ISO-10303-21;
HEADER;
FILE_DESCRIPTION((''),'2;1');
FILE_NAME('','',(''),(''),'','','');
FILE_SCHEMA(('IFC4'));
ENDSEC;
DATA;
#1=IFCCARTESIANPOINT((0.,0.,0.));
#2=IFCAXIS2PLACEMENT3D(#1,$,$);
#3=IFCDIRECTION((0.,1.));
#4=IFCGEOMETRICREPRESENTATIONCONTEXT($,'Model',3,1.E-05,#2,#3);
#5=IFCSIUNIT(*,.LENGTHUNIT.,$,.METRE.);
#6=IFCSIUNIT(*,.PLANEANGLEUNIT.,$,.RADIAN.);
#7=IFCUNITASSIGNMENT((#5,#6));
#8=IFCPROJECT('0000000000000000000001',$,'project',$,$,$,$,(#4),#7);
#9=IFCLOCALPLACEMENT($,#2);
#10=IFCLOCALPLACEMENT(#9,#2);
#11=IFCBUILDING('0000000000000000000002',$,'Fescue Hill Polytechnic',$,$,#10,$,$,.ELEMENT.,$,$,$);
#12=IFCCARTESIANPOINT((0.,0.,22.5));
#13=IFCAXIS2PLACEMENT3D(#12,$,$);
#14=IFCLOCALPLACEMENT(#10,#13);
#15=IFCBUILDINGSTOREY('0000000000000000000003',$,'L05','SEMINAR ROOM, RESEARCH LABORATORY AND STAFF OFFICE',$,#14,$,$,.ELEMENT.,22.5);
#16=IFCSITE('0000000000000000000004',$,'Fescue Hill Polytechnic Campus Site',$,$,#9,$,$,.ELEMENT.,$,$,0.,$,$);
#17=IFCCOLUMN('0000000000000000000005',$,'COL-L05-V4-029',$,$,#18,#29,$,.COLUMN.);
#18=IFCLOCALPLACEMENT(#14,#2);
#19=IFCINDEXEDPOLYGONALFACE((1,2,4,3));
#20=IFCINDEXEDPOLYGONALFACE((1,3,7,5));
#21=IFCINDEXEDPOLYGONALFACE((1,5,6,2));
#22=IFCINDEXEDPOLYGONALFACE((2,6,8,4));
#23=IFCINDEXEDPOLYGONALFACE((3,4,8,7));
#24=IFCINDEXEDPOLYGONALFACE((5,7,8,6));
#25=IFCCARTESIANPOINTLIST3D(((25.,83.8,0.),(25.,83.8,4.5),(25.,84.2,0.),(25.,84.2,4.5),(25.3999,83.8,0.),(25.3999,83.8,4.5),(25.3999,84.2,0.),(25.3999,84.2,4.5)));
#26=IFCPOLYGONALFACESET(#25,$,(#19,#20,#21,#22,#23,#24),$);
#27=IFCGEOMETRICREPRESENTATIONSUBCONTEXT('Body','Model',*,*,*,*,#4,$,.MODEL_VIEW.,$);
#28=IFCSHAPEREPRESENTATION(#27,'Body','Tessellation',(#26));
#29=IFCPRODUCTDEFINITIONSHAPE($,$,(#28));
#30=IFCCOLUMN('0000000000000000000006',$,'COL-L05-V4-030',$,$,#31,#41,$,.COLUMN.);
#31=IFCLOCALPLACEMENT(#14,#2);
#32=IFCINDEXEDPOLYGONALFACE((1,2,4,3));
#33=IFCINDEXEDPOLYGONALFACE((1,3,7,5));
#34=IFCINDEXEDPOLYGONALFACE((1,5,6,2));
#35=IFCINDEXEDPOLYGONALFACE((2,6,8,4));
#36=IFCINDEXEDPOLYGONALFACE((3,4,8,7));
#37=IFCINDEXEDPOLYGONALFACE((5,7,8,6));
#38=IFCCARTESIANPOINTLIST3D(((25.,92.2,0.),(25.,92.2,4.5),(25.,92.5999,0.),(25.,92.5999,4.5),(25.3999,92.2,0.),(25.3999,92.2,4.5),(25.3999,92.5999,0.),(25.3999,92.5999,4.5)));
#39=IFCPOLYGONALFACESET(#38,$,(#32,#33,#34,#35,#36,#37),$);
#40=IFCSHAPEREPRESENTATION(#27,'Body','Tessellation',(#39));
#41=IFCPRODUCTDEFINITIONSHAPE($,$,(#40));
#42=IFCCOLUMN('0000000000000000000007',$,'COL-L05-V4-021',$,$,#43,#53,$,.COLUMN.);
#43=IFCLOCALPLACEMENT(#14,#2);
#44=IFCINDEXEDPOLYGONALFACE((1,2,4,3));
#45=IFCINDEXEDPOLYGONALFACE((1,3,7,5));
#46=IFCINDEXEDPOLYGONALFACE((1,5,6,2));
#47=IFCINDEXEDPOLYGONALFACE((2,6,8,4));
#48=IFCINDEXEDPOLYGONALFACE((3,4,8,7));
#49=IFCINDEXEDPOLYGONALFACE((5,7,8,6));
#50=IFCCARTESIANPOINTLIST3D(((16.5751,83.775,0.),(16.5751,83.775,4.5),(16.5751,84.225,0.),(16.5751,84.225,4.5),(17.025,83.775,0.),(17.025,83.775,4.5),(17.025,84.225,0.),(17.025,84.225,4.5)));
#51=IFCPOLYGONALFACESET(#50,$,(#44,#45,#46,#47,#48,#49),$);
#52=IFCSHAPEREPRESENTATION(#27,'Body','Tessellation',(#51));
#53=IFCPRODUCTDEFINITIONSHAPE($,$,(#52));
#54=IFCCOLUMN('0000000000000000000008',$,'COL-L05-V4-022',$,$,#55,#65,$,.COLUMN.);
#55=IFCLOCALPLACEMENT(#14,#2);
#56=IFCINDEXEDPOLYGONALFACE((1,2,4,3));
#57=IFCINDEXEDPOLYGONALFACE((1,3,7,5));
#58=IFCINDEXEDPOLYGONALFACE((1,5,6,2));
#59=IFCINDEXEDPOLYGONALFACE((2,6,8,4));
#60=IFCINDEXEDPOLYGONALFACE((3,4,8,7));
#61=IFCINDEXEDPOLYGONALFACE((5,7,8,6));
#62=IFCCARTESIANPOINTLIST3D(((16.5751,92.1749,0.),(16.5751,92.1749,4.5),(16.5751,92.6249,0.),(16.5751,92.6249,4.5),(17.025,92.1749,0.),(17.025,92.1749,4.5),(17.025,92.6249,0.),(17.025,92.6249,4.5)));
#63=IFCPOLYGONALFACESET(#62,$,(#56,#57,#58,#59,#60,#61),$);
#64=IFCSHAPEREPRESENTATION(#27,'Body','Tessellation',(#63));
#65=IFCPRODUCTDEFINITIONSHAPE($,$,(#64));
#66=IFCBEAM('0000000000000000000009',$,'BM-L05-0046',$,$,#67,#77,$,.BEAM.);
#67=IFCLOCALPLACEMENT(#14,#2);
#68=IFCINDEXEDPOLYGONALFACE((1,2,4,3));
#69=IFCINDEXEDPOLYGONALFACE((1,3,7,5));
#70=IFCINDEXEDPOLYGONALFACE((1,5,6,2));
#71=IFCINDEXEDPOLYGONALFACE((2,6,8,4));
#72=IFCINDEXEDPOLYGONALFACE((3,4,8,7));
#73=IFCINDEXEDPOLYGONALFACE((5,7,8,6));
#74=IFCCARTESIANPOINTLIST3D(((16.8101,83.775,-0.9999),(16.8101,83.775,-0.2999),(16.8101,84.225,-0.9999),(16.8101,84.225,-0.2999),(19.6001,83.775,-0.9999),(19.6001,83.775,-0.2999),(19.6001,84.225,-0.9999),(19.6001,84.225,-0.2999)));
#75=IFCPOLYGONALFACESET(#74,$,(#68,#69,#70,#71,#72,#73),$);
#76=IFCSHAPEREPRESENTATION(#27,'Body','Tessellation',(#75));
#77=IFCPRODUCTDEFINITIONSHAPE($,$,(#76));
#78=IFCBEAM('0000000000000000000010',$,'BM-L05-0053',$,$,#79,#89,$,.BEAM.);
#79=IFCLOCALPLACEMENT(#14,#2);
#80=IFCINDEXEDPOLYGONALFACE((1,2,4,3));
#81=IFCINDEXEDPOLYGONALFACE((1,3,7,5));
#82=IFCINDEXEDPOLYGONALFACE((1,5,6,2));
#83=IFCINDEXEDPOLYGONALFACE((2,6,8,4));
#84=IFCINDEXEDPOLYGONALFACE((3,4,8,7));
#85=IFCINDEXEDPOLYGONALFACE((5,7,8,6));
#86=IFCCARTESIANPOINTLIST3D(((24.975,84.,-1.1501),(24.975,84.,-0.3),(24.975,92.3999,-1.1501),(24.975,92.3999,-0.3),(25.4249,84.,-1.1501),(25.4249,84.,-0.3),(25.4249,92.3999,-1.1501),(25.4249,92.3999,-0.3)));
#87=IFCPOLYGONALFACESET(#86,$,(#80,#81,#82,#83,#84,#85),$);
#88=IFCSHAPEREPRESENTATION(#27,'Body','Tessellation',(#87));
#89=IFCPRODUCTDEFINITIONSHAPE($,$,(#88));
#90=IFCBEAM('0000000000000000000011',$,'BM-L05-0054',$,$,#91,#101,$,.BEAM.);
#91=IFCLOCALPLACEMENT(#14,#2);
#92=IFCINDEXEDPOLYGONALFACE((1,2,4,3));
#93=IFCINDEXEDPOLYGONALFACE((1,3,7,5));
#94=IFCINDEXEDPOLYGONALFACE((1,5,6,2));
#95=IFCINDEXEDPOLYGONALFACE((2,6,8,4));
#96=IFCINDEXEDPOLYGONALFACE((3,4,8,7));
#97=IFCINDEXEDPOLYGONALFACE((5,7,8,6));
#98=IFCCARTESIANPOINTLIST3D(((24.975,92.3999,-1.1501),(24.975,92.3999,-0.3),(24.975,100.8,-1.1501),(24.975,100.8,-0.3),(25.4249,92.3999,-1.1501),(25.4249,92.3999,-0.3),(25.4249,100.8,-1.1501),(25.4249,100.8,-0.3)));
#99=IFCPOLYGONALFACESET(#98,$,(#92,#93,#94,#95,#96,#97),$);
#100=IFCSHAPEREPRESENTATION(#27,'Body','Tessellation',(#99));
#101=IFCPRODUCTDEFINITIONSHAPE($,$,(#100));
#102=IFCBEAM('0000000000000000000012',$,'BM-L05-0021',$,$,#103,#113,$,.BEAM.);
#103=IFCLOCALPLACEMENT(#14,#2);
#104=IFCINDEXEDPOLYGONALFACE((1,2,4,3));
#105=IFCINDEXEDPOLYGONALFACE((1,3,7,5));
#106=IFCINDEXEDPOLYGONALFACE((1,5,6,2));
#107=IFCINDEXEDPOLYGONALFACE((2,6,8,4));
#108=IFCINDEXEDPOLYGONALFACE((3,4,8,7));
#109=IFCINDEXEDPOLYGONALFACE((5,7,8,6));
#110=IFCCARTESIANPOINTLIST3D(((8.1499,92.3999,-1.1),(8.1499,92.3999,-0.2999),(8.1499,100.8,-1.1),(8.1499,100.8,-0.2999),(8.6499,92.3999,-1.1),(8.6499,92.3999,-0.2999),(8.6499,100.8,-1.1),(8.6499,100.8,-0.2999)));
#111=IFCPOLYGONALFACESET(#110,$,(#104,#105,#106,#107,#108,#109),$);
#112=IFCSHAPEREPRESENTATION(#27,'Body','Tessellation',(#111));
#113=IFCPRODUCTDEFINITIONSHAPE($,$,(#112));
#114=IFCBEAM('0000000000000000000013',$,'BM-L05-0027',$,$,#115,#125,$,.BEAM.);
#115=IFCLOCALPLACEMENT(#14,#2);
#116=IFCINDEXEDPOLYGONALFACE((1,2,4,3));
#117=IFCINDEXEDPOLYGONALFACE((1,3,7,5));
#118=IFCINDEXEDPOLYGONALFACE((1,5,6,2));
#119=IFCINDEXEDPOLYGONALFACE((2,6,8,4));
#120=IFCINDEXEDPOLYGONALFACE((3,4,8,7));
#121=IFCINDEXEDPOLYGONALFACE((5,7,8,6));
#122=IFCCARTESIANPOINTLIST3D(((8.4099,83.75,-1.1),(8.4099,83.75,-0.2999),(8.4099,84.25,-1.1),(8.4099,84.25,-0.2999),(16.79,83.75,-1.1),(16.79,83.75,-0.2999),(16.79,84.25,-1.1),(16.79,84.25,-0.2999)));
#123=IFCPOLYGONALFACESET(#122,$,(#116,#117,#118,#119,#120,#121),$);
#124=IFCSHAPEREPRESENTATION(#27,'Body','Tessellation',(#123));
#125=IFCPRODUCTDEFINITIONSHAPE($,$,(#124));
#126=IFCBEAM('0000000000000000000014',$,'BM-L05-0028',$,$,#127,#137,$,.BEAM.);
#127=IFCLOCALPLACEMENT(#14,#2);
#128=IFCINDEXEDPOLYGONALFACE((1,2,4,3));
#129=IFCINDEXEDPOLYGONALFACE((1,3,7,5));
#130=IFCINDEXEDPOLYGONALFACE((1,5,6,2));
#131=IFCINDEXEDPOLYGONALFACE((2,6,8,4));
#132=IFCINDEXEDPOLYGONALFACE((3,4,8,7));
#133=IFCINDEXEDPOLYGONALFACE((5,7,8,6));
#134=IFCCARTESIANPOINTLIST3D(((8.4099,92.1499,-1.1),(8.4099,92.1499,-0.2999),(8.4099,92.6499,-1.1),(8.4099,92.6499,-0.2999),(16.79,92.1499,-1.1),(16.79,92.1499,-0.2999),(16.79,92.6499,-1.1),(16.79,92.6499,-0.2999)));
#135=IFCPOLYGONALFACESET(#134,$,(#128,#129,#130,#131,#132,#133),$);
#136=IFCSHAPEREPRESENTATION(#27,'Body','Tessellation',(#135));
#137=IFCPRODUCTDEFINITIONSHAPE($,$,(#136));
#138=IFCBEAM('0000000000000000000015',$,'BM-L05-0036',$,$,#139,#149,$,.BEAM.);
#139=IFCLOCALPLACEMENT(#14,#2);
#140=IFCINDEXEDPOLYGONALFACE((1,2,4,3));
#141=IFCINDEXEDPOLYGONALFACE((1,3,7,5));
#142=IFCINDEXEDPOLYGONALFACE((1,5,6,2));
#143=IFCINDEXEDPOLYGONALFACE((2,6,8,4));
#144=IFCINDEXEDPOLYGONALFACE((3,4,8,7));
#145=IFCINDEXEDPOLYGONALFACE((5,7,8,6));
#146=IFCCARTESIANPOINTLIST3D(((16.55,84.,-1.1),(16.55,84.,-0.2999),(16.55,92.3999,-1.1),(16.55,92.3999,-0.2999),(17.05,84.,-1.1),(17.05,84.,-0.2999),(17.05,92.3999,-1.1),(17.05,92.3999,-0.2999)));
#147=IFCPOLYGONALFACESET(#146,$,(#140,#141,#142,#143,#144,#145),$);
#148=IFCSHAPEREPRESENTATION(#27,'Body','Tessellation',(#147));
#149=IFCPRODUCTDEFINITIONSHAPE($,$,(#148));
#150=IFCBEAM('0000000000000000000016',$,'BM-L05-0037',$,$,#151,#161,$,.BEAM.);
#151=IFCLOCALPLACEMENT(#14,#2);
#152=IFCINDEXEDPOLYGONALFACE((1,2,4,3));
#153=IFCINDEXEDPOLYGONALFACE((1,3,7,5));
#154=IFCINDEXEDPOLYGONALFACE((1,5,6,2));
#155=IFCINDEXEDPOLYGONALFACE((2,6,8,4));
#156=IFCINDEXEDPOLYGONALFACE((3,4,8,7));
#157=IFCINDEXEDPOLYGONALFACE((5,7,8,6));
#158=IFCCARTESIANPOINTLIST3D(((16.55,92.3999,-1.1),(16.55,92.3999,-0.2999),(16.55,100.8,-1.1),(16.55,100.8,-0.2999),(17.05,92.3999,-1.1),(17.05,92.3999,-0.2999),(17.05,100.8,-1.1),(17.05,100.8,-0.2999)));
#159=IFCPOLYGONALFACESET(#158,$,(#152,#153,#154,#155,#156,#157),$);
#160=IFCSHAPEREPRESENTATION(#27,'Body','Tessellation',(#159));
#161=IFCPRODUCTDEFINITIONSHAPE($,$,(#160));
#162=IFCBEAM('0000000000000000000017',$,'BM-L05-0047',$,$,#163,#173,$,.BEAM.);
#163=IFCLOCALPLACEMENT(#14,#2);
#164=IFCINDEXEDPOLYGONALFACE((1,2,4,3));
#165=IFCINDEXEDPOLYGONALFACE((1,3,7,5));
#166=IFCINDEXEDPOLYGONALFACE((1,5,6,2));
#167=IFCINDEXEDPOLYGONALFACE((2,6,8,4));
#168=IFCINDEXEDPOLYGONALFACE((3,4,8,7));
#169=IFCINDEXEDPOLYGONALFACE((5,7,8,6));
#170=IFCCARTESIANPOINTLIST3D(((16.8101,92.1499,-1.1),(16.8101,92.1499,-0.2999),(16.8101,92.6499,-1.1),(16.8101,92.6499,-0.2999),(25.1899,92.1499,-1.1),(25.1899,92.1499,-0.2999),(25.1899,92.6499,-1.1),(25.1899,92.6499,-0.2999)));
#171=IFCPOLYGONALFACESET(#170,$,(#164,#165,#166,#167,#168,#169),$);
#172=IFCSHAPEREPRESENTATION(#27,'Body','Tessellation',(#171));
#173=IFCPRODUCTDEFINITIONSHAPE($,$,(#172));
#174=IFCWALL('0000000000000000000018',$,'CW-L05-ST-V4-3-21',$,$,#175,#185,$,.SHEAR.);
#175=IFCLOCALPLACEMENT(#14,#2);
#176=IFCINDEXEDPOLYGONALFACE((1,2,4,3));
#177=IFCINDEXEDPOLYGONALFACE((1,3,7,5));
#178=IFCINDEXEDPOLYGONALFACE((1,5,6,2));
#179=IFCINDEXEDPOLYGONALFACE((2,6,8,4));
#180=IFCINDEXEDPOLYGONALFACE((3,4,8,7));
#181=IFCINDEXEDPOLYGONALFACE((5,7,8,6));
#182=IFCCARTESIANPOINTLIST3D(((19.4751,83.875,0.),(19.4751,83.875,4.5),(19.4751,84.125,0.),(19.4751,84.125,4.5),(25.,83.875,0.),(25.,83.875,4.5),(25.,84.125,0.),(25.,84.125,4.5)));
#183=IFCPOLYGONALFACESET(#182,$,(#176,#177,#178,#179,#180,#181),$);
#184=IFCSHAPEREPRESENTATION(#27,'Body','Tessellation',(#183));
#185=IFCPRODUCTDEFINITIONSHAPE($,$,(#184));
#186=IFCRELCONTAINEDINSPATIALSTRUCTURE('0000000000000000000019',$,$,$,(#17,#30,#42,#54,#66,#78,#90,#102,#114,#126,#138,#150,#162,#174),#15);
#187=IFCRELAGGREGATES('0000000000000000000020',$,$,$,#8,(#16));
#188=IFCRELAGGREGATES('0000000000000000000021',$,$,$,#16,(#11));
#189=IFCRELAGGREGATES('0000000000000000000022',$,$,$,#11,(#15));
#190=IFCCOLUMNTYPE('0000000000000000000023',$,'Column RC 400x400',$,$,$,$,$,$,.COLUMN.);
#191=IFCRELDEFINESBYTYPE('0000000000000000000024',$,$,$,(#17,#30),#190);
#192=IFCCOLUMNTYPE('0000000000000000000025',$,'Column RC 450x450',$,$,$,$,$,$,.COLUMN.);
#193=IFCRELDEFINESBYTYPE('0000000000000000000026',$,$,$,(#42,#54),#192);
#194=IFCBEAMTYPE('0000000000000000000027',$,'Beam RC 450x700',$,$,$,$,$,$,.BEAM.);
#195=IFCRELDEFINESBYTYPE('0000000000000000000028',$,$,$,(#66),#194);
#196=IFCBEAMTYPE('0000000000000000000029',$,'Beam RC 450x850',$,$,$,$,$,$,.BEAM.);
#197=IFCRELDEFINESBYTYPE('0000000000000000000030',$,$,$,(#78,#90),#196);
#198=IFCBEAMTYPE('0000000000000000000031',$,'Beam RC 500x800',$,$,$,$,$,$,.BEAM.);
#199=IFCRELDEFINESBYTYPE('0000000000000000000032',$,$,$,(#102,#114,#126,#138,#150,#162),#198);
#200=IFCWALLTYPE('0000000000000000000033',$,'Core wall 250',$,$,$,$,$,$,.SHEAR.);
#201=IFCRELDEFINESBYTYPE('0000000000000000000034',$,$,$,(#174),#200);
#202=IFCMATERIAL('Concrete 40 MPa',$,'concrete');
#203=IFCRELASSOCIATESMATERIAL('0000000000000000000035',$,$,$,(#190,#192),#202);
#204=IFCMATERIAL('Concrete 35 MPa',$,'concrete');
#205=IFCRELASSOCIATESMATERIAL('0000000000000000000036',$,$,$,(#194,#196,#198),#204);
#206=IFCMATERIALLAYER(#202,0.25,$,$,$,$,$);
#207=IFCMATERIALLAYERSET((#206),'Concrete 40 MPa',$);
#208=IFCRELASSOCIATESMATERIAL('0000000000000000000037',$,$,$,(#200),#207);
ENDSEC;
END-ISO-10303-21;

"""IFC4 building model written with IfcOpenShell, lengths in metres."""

from ifc_helpers import new_model, si_unit, direction, frame, frame_2d, origin, origin_2d, place, context, subcontext, project, spatial, rectangle, extrude, material, layer, layer_set, material_profile, profile_set, type_object, element, save


model = new_model("IFC4")

# Units and contexts
model_context = context("Model", 3, precision=1e-05, world=origin(), true_north=direction((0.0, 1.0)))
body_context = subcontext(model_context, "Body", "Model", "MODEL_VIEW")
ifc_project = project(units=[si_unit("LENGTHUNIT", "METRE"), si_unit("PLANEANGLEUNIT", "RADIAN")], contexts=[model_context])

# Site, building, storey
site_placement = place(None, origin())
site = spatial("IfcSite", under=ifc_project, at=site_placement, Name="Fescue Hill Polytechnic Campus Site", CompositionType="ELEMENT", RefElevation=0.0)
building_placement = place(site_placement, origin())
building = spatial("IfcBuilding", under=site, at=building_placement, Name="Fescue Hill Polytechnic", CompositionType="ELEMENT")
storey_placement = place(building_placement, frame((0.0, 0.0, 22.5)))
storey = spatial("IfcBuildingStorey", under=building, at=storey_placement, Name="L05", Description="SEMINAR ROOM, RESEARCH LABORATORY AND STAFF OFFICE", CompositionType="ELEMENT", Elevation=22.5)

# Columns
ifc_material_1 = material(Name="Concrete 40 MPa", Category="concrete")
ifc_material_profile_1 = material_profile(ifc_material_1, rectangle(XDim=0.3999, YDim=0.3999, at=origin_2d()), Name="RC 400x400")
ifc_profile_set_1 = profile_set([ifc_material_profile_1], Name="Concrete 40 MPa")
column_type_1 = type_object("IfcColumnType", Name="Column RC 400x400", PredefinedType="COLUMN", material=ifc_profile_set_1)
for number, where, z_axis, x_axis, name in (
    (1, (25.2, 84.0, 0.0), (0.0, 0.0, 1.0), (1.0, 0.0, 0.0), "COL-L05-V4-029"),
    (2, (25.2, 92.3999, 0.0), (0.0, 0.0, 1.0), (1.0, 0.0, 0.0), "COL-L05-V4-030"),
):
    element("IfcColumn", number, at=place(storey_placement, frame(where, z_axis=z_axis, x_axis=x_axis)), inside=storey, type_object=column_type_1, Name=name, PredefinedType="COLUMN", context=body_context, shape_type="SweptSolid", body=[
        extrude(rectangle(XDim=0.3999, YDim=0.3999, at=origin_2d()), origin(), (0.0, 0.0, 1.0), 4.5),
    ])
ifc_material_profile_2 = material_profile(ifc_material_1, rectangle(XDim=0.45, YDim=0.45, at=origin_2d()), Name="RC 450x450")
ifc_profile_set_2 = profile_set([ifc_material_profile_2], Name="Concrete 40 MPa")
column_type_2 = type_object("IfcColumnType", Name="Column RC 450x450", PredefinedType="COLUMN", material=ifc_profile_set_2)
for number, where, z_axis, x_axis, name in (
    (3, (16.8, 84.0, 0.0), (0.0, 0.0, 1.0), (1.0, 0.0, 0.0), "COL-L05-V4-021"),
    (4, (16.8, 92.3999, 0.0), (0.0, 0.0, 1.0), (1.0, 0.0, 0.0), "COL-L05-V4-022"),
):
    element("IfcColumn", number, at=place(storey_placement, frame(where, z_axis=z_axis, x_axis=x_axis)), inside=storey, type_object=column_type_2, Name=name, PredefinedType="COLUMN", context=body_context, shape_type="SweptSolid", body=[
        extrude(rectangle(XDim=0.45, YDim=0.45, at=origin_2d()), origin(), (0.0, 0.0, 1.0), 4.5),
    ])

# Beams
ifc_material_2 = material(Name="Concrete 35 MPa", Category="concrete")
ifc_material_profile_3 = material_profile(ifc_material_2, rectangle(XDim=0.45, YDim=0.7, at=origin_2d()), Name="RC 450x700")
ifc_profile_set_3 = profile_set([ifc_material_profile_3], Name="Concrete 35 MPa")
beam_type_1 = type_object("IfcBeamType", Name="Beam RC 450x700", PredefinedType="BEAM", material=ifc_profile_set_3)
beam_1_placement = place(storey_placement, frame((16.8101, 84.0, -0.6499), z_axis=(1.0, 0.0, 0.0), x_axis=(0.0, 1.0, 0.0)))
element("IfcBeam", 5, at=beam_1_placement, inside=storey, type_object=beam_type_1, Name="BM-L05-0046", PredefinedType="BEAM", context=body_context, shape_type="SweptSolid", body=[
    extrude(rectangle(XDim=0.45, YDim=0.7, at=origin_2d()), origin(), (0.0, 0.0, 1.0), 2.79),
])
ifc_material_profile_4 = material_profile(ifc_material_2, rectangle(XDim=0.45, YDim=0.8501, at=origin_2d()), Name="RC 450x850")
ifc_profile_set_4 = profile_set([ifc_material_profile_4], Name="Concrete 35 MPa")
beam_type_2 = type_object("IfcBeamType", Name="Beam RC 450x850", PredefinedType="BEAM", material=ifc_profile_set_4)
beam_2_placement = place(storey_placement, frame((25.2, 84.0, -0.7251), z_axis=(0.0, 1.0, 0.0), x_axis=(-1.0, 0.0, 0.0)))
element("IfcBeam", 6, at=beam_2_placement, inside=storey, type_object=beam_type_2, Name="BM-L05-0053", PredefinedType="BEAM", context=body_context, shape_type="SweptSolid", body=[
    extrude(rectangle(XDim=0.45, YDim=0.8501, at=origin_2d()), origin(), (0.0, 0.0, 1.0), 8.3999),
])
beam_3_placement = place(storey_placement, frame((25.2, 92.3999, -0.7251), z_axis=(0.0, 1.0, 0.0), x_axis=(-1.0, 0.0, 0.0)))
element("IfcBeam", 7, at=beam_3_placement, inside=storey, type_object=beam_type_2, Name="BM-L05-0054", PredefinedType="BEAM", context=body_context, shape_type="SweptSolid", body=[
    extrude(rectangle(XDim=0.45, YDim=0.8501, at=origin_2d()), origin(), (0.0, 0.0, 1.0), 8.4001),
])
ifc_material_profile_5 = material_profile(ifc_material_2, rectangle(XDim=0.5, YDim=0.8, at=origin_2d()), Name="RC 500x800")
ifc_profile_set_5 = profile_set([ifc_material_profile_5], Name="Concrete 35 MPa")
beam_type_3 = type_object("IfcBeamType", Name="Beam RC 500x800", PredefinedType="BEAM", material=ifc_profile_set_5)
beam_4_placement = place(storey_placement, frame((8.3999, 92.3999, -0.7), z_axis=(0.0, 1.0, 0.0), x_axis=(-1.0, 0.0, 0.0)))
element("IfcBeam", 8, at=beam_4_placement, inside=storey, type_object=beam_type_3, Name="BM-L05-0021", PredefinedType="BEAM", context=body_context, shape_type="SweptSolid", body=[
    extrude(rectangle(XDim=0.5, YDim=0.8, at=origin_2d()), origin(), (0.0, 0.0, 1.0), 8.4001),
])
for number, where, z_axis, x_axis, name in (
    (9, (8.4099, 84.0, -0.7), (1.0, 0.0, 0.0), (0.0, 1.0, 0.0), "BM-L05-0027"),
    (10, (8.4099, 92.3999, -0.7), (1.0, 0.0, 0.0), (0.0, 1.0, 0.0), "BM-L05-0028"),
):
    element("IfcBeam", number, at=place(storey_placement, frame(where, z_axis=z_axis, x_axis=x_axis)), inside=storey, type_object=beam_type_3, Name=name, PredefinedType="BEAM", context=body_context, shape_type="SweptSolid", body=[
        extrude(rectangle(XDim=0.5, YDim=0.8, at=origin_2d()), origin(), (0.0, 0.0, 1.0), 8.3801),
    ])
beam_5_placement = place(storey_placement, frame((16.8, 84.0, -0.7), z_axis=(0.0, 1.0, 0.0), x_axis=(-1.0, 0.0, 0.0)))
element("IfcBeam", 11, at=beam_5_placement, inside=storey, type_object=beam_type_3, Name="BM-L05-0036", PredefinedType="BEAM", context=body_context, shape_type="SweptSolid", body=[
    extrude(rectangle(XDim=0.5, YDim=0.8, at=origin_2d()), origin(), (0.0, 0.0, 1.0), 8.3999),
])
beam_6_placement = place(storey_placement, frame((16.8, 92.3999, -0.7), z_axis=(0.0, 1.0, 0.0), x_axis=(-1.0, 0.0, 0.0)))
element("IfcBeam", 12, at=beam_6_placement, inside=storey, type_object=beam_type_3, Name="BM-L05-0037", PredefinedType="BEAM", context=body_context, shape_type="SweptSolid", body=[
    extrude(rectangle(XDim=0.5, YDim=0.8, at=origin_2d()), origin(), (0.0, 0.0, 1.0), 8.4001),
])
beam_7_placement = place(storey_placement, frame((16.8101, 92.3999, -0.7), z_axis=(1.0, 0.0, 0.0), x_axis=(0.0, 1.0, 0.0)))
element("IfcBeam", 13, at=beam_7_placement, inside=storey, type_object=beam_type_3, Name="BM-L05-0047", PredefinedType="BEAM", context=body_context, shape_type="SweptSolid", body=[
    extrude(rectangle(XDim=0.5, YDim=0.8, at=origin_2d()), origin(), (0.0, 0.0, 1.0), 8.3799),
])

# Wall
ifc_layer_1 = layer(ifc_material_1, 0.25)
ifc_layer_set_1 = layer_set([ifc_layer_1], Name="Concrete 40 MPa")
wall_type_1 = type_object("IfcWallType", Name="Core wall 250", PredefinedType="SHEAR", material=ifc_layer_set_1)
wall_1_placement = place(storey_placement, frame((19.4751, 84.0, 0.0), z_axis=(0.0, 0.0, 1.0), x_axis=(1.0, 0.0, 0.0)))
element("IfcWall", 14, at=wall_1_placement, inside=storey, type_object=wall_type_1, Name="CW-L05-ST-V4-3-21", PredefinedType="SHEAR", context=body_context, shape_type="SweptSolid", body=[
    extrude(rectangle(XDim=5.5249, YDim=0.25, at=frame_2d((2.7625, 0.0))), origin(), (0.0, 0.0, 1.0), 4.5),
])

save(model, "model.ifc")
